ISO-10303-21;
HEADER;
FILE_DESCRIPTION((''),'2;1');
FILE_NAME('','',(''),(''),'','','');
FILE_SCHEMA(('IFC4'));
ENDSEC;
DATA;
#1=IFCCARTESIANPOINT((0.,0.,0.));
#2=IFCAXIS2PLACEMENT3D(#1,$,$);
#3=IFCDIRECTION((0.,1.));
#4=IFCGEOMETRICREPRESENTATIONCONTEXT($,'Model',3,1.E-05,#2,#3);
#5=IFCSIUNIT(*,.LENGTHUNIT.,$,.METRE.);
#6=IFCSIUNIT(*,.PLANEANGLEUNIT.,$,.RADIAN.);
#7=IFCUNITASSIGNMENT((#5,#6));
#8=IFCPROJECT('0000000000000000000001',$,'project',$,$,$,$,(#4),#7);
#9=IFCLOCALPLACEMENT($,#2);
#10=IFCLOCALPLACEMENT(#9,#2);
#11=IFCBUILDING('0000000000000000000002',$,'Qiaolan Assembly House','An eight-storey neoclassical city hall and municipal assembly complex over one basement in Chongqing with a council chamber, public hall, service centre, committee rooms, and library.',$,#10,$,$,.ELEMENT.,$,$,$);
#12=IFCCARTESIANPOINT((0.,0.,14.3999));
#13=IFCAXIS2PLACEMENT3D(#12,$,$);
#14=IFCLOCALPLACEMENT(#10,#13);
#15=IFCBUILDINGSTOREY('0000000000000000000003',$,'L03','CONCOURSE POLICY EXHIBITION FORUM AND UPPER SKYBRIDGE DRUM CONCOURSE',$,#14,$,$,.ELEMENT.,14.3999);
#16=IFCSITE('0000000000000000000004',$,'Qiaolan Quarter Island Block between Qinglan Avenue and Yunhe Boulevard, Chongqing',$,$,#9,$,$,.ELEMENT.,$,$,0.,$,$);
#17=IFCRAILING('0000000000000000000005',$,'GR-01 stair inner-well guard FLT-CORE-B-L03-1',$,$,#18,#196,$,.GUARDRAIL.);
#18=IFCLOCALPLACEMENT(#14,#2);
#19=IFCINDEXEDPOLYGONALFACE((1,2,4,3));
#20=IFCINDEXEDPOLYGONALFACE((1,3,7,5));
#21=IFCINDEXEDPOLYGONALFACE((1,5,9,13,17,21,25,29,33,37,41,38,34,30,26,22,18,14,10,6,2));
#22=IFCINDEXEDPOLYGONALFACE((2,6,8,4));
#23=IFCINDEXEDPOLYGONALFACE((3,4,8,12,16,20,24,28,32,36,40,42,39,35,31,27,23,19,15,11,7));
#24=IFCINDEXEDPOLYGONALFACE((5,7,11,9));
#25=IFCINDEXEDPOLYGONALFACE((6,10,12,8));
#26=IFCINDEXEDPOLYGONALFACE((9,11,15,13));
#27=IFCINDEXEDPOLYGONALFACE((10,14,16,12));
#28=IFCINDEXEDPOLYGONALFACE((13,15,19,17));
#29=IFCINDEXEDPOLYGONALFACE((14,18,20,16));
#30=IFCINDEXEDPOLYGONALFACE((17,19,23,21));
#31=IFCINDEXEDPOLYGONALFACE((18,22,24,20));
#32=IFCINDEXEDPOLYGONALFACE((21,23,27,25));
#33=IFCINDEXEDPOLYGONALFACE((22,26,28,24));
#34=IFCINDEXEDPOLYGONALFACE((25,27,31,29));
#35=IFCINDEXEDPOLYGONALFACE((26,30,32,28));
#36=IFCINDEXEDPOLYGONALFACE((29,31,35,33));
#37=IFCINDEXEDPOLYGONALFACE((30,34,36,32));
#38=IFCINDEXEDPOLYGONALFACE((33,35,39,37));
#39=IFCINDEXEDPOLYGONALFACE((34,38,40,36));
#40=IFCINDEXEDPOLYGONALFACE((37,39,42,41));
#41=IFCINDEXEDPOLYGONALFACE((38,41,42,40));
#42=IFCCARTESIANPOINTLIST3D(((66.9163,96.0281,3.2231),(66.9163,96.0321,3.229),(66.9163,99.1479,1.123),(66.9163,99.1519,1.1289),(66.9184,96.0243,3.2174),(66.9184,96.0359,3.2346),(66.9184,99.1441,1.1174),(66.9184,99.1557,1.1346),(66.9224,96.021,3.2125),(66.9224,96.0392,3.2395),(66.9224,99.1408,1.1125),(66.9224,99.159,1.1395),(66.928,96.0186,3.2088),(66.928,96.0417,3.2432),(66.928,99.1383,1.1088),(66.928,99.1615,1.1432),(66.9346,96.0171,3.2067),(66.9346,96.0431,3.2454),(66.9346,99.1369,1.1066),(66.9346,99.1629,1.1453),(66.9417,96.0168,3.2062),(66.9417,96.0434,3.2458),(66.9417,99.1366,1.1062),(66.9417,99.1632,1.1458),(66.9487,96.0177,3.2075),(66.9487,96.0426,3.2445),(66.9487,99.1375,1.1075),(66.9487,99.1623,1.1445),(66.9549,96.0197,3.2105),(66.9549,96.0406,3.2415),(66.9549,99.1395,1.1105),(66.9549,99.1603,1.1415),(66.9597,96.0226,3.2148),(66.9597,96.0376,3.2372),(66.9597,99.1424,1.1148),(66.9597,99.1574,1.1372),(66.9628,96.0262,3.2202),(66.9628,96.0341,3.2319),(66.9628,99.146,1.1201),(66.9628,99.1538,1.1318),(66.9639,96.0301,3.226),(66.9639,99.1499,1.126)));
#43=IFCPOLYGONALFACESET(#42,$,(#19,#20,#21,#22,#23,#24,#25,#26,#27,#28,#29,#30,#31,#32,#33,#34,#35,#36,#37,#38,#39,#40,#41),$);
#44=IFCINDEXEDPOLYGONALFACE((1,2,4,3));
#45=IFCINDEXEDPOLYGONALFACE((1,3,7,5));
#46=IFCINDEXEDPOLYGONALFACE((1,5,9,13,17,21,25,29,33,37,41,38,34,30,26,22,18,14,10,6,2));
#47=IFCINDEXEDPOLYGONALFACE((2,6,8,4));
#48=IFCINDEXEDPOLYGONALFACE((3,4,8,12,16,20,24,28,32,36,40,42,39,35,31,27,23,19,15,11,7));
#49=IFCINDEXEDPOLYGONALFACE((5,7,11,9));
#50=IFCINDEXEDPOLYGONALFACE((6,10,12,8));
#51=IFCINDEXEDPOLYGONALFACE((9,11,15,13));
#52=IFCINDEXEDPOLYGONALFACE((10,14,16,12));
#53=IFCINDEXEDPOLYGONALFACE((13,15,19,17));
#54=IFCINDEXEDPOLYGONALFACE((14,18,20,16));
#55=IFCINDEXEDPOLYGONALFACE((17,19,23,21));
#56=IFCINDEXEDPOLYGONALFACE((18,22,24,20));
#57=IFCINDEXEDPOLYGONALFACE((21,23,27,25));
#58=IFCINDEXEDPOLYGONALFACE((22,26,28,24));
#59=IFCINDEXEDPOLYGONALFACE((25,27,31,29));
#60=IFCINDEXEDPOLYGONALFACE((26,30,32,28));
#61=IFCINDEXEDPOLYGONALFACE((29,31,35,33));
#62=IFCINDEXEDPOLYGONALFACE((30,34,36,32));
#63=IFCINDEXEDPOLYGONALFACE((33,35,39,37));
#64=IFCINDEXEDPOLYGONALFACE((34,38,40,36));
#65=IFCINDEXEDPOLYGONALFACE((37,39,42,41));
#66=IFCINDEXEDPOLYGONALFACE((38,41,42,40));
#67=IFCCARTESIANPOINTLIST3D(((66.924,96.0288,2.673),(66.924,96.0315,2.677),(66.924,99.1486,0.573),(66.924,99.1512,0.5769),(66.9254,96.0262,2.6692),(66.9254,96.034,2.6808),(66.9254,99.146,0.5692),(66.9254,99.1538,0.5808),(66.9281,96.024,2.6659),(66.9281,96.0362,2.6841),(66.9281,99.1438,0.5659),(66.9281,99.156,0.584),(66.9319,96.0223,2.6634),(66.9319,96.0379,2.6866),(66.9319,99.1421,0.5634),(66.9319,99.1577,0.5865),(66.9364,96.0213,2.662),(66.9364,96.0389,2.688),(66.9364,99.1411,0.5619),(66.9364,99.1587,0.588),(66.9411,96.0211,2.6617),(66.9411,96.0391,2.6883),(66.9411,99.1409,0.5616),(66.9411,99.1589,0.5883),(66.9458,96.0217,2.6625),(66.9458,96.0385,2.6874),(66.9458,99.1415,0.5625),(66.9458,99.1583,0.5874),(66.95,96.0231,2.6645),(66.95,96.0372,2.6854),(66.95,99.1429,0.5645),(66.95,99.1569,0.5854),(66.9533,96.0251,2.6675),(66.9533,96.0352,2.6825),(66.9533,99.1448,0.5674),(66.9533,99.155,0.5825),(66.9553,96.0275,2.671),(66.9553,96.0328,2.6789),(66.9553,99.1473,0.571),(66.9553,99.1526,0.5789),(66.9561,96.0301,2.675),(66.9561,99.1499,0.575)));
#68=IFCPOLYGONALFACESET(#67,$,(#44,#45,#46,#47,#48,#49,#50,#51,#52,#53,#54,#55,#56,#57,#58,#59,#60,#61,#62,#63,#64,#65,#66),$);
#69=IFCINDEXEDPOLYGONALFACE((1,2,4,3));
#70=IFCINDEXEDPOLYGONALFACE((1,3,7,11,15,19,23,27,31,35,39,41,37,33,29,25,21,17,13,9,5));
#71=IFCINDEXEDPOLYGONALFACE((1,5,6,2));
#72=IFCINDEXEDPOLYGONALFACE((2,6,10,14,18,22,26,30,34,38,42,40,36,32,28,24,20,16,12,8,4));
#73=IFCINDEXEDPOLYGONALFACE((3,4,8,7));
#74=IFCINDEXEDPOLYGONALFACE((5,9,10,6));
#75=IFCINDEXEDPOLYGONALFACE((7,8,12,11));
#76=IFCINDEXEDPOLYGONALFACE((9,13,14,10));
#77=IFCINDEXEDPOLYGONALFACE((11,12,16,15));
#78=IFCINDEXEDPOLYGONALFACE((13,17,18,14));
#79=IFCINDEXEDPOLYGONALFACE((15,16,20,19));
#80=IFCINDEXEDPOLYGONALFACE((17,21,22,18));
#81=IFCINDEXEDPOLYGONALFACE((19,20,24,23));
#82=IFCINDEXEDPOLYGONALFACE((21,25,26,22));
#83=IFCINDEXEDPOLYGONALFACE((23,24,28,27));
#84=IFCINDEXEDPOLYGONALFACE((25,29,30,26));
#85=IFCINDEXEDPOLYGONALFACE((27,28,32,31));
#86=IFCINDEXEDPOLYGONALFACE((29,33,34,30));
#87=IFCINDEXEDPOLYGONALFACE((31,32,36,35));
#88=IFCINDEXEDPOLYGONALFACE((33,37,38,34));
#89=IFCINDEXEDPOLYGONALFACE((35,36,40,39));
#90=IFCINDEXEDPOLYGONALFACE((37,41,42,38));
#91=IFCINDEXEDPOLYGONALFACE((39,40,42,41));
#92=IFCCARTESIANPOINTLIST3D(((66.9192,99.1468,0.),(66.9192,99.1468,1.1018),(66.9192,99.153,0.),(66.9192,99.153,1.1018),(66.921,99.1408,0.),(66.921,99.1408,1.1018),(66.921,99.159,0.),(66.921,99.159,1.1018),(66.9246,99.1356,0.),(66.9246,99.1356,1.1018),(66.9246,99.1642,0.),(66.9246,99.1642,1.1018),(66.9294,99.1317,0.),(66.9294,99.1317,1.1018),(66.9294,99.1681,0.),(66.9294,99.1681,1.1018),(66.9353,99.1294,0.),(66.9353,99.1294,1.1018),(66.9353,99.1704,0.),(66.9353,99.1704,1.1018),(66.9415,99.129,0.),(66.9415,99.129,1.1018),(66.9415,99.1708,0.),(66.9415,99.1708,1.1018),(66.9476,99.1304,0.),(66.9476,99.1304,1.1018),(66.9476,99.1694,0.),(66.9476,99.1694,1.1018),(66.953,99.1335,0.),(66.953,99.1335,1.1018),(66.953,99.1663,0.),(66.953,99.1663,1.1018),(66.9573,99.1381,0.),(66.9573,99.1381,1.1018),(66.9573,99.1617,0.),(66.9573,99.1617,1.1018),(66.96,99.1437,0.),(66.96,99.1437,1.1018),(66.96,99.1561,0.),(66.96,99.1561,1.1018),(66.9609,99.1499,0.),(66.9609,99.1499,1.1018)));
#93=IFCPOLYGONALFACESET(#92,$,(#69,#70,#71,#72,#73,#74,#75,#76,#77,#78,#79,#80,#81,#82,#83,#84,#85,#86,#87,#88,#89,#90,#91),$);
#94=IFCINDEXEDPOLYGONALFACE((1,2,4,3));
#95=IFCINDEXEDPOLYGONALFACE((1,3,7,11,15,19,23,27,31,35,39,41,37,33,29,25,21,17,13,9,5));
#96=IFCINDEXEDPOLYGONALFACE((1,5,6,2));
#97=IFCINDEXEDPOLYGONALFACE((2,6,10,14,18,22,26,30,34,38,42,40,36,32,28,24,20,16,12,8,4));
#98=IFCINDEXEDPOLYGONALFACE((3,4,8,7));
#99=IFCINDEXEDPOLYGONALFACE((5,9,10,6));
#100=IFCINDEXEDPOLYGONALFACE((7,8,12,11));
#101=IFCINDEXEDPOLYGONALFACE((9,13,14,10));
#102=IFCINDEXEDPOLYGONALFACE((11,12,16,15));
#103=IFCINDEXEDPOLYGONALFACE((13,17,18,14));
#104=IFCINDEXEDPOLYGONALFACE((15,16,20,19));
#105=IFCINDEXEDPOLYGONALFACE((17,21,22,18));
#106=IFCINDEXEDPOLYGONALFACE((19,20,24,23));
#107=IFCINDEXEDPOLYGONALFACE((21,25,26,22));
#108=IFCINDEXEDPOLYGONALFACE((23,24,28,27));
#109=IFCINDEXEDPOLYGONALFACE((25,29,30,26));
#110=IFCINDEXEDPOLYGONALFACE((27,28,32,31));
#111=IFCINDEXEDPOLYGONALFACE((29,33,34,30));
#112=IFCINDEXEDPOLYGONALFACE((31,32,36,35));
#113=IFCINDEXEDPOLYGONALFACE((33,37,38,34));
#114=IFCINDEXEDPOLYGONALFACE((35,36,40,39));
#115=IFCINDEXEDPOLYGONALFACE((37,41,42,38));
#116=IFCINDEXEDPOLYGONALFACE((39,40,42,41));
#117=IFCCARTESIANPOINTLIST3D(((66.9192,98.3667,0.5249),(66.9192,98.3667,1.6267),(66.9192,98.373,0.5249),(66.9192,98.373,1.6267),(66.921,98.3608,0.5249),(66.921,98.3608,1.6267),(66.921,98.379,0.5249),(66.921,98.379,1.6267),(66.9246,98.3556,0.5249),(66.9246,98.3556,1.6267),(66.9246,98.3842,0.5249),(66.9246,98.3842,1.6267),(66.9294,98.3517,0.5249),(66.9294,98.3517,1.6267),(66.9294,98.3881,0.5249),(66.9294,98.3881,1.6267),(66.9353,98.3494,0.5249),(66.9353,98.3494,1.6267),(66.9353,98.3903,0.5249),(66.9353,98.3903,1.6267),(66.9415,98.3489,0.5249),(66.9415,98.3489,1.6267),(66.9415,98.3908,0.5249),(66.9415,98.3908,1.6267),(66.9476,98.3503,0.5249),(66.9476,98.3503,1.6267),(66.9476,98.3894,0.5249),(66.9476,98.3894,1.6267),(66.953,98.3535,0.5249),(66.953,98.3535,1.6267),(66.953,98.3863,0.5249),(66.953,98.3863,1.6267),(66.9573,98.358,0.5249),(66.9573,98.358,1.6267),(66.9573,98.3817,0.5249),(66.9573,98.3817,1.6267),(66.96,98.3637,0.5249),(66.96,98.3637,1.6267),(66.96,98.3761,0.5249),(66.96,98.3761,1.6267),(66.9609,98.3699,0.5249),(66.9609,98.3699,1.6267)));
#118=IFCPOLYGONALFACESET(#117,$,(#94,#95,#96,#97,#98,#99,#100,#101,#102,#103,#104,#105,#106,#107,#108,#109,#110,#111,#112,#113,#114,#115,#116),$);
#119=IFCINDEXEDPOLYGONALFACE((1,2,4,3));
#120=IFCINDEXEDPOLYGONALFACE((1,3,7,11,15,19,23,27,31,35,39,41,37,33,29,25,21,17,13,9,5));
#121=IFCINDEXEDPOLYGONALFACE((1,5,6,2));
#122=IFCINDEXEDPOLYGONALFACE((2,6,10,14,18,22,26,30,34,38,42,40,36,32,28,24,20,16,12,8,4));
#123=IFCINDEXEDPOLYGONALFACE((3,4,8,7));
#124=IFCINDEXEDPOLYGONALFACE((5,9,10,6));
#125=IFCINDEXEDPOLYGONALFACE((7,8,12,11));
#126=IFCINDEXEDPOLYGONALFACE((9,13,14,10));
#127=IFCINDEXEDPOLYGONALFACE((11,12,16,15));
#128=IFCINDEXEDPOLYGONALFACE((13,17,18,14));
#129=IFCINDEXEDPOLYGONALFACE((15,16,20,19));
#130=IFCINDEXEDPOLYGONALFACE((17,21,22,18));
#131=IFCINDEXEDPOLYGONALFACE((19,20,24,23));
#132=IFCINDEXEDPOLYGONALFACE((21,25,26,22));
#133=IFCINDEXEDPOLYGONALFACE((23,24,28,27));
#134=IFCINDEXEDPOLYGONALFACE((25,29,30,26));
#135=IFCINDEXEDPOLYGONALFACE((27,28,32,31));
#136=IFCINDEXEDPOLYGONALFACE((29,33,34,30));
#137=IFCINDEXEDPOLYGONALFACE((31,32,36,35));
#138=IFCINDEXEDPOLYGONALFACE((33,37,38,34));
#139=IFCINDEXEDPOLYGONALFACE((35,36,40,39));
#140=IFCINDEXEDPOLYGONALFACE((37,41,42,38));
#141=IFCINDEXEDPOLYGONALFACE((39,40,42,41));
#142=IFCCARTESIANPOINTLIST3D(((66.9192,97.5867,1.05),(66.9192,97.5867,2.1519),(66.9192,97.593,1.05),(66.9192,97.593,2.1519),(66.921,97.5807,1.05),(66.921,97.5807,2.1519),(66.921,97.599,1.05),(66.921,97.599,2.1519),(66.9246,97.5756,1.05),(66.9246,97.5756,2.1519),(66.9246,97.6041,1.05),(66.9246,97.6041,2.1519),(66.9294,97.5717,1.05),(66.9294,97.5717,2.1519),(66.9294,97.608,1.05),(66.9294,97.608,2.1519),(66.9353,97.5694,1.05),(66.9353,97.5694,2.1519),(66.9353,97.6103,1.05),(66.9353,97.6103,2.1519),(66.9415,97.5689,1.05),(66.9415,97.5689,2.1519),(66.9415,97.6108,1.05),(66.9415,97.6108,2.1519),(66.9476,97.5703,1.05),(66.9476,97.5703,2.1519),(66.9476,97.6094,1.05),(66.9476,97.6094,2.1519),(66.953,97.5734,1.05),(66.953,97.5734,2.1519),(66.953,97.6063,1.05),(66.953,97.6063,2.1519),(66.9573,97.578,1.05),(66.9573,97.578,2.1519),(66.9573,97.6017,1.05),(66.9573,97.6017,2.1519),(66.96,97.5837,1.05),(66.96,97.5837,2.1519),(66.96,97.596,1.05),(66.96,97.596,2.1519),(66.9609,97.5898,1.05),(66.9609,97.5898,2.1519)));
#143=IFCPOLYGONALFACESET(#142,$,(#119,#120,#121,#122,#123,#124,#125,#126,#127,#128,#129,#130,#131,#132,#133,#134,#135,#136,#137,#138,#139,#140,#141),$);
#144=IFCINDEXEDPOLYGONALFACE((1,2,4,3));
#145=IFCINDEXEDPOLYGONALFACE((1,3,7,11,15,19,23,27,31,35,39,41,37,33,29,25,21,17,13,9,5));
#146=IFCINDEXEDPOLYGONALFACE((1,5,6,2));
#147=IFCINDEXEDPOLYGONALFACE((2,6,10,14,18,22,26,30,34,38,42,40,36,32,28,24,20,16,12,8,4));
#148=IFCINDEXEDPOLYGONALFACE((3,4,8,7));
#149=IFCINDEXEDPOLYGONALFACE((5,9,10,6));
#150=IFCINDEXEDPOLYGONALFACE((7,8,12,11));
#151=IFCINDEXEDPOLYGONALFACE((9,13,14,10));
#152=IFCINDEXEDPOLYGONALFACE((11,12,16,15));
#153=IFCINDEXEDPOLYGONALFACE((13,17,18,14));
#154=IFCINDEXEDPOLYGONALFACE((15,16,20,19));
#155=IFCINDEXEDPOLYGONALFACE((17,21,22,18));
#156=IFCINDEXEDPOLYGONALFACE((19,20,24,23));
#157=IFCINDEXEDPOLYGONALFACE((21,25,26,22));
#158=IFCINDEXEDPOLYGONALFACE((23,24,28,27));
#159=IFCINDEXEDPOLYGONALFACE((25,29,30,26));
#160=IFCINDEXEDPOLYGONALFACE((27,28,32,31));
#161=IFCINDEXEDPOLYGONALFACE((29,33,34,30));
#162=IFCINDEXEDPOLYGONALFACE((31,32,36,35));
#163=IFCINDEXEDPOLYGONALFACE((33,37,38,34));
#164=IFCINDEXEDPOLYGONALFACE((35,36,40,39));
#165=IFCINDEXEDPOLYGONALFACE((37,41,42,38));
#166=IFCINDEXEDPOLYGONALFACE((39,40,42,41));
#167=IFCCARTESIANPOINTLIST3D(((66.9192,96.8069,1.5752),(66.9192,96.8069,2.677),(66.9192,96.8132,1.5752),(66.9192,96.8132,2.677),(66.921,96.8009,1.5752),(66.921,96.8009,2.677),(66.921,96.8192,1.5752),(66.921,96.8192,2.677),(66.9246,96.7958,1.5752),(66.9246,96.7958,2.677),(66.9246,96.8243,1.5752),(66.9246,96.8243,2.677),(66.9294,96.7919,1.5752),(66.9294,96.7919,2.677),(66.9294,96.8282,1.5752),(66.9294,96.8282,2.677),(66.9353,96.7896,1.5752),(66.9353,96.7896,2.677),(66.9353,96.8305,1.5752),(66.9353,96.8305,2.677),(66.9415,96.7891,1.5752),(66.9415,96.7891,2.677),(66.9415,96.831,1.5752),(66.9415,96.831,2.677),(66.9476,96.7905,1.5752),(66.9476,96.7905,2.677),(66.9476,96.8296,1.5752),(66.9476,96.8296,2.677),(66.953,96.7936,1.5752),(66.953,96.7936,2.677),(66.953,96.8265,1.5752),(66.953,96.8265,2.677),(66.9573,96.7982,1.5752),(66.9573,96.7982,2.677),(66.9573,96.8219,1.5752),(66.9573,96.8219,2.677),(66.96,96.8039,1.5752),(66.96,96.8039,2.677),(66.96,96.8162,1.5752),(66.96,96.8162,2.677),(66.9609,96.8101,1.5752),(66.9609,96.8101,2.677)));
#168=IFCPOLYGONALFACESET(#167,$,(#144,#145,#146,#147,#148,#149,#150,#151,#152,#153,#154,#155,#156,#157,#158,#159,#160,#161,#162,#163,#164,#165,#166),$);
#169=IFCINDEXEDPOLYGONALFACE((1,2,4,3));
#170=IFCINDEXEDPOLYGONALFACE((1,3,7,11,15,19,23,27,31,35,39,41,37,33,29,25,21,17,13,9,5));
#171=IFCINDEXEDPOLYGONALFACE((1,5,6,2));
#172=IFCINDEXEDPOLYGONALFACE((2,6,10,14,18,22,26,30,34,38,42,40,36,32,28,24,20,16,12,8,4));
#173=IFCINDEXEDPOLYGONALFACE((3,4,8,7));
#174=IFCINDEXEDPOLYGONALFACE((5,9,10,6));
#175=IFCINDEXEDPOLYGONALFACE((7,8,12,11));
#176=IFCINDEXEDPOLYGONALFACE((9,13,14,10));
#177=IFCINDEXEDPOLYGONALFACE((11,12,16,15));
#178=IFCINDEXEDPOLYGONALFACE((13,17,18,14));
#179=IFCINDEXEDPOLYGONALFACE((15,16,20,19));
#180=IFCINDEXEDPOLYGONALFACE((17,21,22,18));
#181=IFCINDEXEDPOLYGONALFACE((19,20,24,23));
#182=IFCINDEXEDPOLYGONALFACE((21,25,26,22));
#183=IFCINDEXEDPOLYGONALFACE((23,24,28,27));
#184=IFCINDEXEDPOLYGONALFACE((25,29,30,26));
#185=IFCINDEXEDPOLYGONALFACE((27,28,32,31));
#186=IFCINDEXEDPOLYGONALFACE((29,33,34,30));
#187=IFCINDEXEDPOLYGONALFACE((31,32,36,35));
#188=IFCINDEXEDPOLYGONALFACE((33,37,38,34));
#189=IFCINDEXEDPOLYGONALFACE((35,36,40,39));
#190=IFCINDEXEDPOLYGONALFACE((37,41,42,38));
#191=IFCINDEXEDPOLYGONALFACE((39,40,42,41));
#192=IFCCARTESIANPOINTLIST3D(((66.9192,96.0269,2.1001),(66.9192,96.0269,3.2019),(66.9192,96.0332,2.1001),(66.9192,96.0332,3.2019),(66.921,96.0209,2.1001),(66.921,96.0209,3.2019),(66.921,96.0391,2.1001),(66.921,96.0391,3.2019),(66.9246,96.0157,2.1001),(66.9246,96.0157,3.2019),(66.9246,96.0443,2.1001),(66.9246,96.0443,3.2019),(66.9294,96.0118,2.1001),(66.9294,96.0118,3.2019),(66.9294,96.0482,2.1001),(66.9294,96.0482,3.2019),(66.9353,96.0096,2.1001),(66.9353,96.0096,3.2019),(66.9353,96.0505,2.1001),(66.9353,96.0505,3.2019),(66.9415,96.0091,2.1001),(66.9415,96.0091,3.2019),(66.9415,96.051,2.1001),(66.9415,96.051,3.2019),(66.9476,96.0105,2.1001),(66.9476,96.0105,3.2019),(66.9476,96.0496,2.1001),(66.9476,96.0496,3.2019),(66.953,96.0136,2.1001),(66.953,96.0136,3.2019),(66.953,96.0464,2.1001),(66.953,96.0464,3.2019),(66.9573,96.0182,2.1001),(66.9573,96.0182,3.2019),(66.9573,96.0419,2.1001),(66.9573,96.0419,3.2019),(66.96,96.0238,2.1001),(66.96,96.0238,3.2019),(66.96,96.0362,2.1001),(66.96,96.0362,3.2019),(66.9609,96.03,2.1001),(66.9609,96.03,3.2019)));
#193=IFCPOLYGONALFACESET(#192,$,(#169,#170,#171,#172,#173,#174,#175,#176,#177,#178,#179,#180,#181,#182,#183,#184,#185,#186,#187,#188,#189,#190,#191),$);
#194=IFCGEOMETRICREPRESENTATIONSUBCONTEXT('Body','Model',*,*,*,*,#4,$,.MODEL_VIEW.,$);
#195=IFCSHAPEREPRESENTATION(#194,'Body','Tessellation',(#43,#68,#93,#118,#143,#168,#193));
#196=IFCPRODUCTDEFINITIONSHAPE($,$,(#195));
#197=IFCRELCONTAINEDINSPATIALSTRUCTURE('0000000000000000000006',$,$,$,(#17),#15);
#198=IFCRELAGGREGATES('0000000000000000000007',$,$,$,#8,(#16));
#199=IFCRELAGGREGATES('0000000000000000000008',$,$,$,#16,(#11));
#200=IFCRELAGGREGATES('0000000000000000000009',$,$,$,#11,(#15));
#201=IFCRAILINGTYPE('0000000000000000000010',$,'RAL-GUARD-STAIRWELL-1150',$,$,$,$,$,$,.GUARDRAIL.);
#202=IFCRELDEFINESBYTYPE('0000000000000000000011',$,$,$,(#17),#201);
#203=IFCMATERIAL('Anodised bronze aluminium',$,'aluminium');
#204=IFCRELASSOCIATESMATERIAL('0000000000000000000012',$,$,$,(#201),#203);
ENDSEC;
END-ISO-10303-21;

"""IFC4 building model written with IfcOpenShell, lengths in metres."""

from ifc_helpers import new_model, si_unit, direction, frame, origin, origin_2d, place, context, subcontext, project, spatial, circle, extrude, material, type_object, element, save


model = new_model("IFC4")

# Units and contexts
model_context = context("Model", 3, precision=1e-05, world=origin(), true_north=direction((0.0, 1.0)))
body_context = subcontext(model_context, "Body", "Model", "MODEL_VIEW")
ifc_project = project(units=[si_unit("LENGTHUNIT", "METRE"), si_unit("PLANEANGLEUNIT", "RADIAN")], contexts=[model_context])

# Site, building, storey
site_placement = place(None, origin())
site = spatial("IfcSite", under=ifc_project, at=site_placement, Name="Qiaolan Quarter Island Block between Qinglan Avenue and Yunhe Boulevard, Chongqing", CompositionType="ELEMENT", RefElevation=0.0)
building_placement = place(site_placement, origin())
building = spatial("IfcBuilding", under=site, at=building_placement, Name="Qiaolan Assembly House", Description="An eight-storey neoclassical city hall and municipal assembly complex over one basement in Chongqing with a council chamber, public hall, service centre, committee rooms, and library.", CompositionType="ELEMENT")
storey_placement = place(building_placement, frame((0.0, 0.0, 14.3999)))
storey = spatial("IfcBuildingStorey", under=building, at=storey_placement, Name="L03", Description="CONCOURSE POLICY EXHIBITION FORUM AND UPPER SKYBRIDGE DRUM CONCOURSE", CompositionType="ELEMENT", Elevation=14.3999)

# Railing
ifc_material_1 = material(Name="Anodised bronze aluminium", Category="aluminium")
railing_type_1 = type_object("IfcRailingType", Name="RAL-GUARD-STAIRWELL-1150", PredefinedType="GUARDRAIL", material=ifc_material_1)
railing_1_placement = place(storey_placement, frame((66.9399, 99.1499, 0.0)))
element("IfcRailing", 1, at=railing_1_placement, inside=storey, type_object=railing_type_1, Name="GR-01 stair inner-well guard FLT-CORE-B-L03-1", PredefinedType="GUARDRAIL", context=body_context, shape_type="SweptSolid", body=[
    extrude(circle(Radius=0.0239, at=origin_2d()), frame((0.0, 0.0, 1.126), z_axis=(0.0, -0.829565, 0.55841), x_axis=(1.0, 0.0, 0.0)), (0.0, 0.0, 1.0), 3.7607),
    extrude(circle(Radius=0.0161, at=origin_2d()), frame((0.0, 0.0, 0.575), z_axis=(0.0, -0.829565, 0.55841), x_axis=(1.0, 0.0, 0.0)), (0.0, 0.0, 1.0), 3.7607),
    extrude(circle(Radius=0.021, at=origin_2d()), origin(), (0.0, 0.0, 1.0), 1.1018),
    extrude(circle(Radius=0.021, at=origin_2d()), frame((0.0, -0.78, 0.5249)), (0.0, 0.0, 1.0), 1.1018),
    extrude(circle(Radius=0.021, at=origin_2d()), frame((0.0, -1.5601, 1.05)), (0.0, 0.0, 1.0), 1.1018),
    extrude(circle(Radius=0.021, at=origin_2d()), frame((0.0, -2.3398, 1.5752)), (0.0, 0.0, 1.0), 1.1018),
    extrude(circle(Radius=0.021, at=origin_2d()), frame((0.0, -3.1199, 2.1001)), (0.0, 0.0, 1.0), 1.1018),
])

save(model, "model.ifc")
